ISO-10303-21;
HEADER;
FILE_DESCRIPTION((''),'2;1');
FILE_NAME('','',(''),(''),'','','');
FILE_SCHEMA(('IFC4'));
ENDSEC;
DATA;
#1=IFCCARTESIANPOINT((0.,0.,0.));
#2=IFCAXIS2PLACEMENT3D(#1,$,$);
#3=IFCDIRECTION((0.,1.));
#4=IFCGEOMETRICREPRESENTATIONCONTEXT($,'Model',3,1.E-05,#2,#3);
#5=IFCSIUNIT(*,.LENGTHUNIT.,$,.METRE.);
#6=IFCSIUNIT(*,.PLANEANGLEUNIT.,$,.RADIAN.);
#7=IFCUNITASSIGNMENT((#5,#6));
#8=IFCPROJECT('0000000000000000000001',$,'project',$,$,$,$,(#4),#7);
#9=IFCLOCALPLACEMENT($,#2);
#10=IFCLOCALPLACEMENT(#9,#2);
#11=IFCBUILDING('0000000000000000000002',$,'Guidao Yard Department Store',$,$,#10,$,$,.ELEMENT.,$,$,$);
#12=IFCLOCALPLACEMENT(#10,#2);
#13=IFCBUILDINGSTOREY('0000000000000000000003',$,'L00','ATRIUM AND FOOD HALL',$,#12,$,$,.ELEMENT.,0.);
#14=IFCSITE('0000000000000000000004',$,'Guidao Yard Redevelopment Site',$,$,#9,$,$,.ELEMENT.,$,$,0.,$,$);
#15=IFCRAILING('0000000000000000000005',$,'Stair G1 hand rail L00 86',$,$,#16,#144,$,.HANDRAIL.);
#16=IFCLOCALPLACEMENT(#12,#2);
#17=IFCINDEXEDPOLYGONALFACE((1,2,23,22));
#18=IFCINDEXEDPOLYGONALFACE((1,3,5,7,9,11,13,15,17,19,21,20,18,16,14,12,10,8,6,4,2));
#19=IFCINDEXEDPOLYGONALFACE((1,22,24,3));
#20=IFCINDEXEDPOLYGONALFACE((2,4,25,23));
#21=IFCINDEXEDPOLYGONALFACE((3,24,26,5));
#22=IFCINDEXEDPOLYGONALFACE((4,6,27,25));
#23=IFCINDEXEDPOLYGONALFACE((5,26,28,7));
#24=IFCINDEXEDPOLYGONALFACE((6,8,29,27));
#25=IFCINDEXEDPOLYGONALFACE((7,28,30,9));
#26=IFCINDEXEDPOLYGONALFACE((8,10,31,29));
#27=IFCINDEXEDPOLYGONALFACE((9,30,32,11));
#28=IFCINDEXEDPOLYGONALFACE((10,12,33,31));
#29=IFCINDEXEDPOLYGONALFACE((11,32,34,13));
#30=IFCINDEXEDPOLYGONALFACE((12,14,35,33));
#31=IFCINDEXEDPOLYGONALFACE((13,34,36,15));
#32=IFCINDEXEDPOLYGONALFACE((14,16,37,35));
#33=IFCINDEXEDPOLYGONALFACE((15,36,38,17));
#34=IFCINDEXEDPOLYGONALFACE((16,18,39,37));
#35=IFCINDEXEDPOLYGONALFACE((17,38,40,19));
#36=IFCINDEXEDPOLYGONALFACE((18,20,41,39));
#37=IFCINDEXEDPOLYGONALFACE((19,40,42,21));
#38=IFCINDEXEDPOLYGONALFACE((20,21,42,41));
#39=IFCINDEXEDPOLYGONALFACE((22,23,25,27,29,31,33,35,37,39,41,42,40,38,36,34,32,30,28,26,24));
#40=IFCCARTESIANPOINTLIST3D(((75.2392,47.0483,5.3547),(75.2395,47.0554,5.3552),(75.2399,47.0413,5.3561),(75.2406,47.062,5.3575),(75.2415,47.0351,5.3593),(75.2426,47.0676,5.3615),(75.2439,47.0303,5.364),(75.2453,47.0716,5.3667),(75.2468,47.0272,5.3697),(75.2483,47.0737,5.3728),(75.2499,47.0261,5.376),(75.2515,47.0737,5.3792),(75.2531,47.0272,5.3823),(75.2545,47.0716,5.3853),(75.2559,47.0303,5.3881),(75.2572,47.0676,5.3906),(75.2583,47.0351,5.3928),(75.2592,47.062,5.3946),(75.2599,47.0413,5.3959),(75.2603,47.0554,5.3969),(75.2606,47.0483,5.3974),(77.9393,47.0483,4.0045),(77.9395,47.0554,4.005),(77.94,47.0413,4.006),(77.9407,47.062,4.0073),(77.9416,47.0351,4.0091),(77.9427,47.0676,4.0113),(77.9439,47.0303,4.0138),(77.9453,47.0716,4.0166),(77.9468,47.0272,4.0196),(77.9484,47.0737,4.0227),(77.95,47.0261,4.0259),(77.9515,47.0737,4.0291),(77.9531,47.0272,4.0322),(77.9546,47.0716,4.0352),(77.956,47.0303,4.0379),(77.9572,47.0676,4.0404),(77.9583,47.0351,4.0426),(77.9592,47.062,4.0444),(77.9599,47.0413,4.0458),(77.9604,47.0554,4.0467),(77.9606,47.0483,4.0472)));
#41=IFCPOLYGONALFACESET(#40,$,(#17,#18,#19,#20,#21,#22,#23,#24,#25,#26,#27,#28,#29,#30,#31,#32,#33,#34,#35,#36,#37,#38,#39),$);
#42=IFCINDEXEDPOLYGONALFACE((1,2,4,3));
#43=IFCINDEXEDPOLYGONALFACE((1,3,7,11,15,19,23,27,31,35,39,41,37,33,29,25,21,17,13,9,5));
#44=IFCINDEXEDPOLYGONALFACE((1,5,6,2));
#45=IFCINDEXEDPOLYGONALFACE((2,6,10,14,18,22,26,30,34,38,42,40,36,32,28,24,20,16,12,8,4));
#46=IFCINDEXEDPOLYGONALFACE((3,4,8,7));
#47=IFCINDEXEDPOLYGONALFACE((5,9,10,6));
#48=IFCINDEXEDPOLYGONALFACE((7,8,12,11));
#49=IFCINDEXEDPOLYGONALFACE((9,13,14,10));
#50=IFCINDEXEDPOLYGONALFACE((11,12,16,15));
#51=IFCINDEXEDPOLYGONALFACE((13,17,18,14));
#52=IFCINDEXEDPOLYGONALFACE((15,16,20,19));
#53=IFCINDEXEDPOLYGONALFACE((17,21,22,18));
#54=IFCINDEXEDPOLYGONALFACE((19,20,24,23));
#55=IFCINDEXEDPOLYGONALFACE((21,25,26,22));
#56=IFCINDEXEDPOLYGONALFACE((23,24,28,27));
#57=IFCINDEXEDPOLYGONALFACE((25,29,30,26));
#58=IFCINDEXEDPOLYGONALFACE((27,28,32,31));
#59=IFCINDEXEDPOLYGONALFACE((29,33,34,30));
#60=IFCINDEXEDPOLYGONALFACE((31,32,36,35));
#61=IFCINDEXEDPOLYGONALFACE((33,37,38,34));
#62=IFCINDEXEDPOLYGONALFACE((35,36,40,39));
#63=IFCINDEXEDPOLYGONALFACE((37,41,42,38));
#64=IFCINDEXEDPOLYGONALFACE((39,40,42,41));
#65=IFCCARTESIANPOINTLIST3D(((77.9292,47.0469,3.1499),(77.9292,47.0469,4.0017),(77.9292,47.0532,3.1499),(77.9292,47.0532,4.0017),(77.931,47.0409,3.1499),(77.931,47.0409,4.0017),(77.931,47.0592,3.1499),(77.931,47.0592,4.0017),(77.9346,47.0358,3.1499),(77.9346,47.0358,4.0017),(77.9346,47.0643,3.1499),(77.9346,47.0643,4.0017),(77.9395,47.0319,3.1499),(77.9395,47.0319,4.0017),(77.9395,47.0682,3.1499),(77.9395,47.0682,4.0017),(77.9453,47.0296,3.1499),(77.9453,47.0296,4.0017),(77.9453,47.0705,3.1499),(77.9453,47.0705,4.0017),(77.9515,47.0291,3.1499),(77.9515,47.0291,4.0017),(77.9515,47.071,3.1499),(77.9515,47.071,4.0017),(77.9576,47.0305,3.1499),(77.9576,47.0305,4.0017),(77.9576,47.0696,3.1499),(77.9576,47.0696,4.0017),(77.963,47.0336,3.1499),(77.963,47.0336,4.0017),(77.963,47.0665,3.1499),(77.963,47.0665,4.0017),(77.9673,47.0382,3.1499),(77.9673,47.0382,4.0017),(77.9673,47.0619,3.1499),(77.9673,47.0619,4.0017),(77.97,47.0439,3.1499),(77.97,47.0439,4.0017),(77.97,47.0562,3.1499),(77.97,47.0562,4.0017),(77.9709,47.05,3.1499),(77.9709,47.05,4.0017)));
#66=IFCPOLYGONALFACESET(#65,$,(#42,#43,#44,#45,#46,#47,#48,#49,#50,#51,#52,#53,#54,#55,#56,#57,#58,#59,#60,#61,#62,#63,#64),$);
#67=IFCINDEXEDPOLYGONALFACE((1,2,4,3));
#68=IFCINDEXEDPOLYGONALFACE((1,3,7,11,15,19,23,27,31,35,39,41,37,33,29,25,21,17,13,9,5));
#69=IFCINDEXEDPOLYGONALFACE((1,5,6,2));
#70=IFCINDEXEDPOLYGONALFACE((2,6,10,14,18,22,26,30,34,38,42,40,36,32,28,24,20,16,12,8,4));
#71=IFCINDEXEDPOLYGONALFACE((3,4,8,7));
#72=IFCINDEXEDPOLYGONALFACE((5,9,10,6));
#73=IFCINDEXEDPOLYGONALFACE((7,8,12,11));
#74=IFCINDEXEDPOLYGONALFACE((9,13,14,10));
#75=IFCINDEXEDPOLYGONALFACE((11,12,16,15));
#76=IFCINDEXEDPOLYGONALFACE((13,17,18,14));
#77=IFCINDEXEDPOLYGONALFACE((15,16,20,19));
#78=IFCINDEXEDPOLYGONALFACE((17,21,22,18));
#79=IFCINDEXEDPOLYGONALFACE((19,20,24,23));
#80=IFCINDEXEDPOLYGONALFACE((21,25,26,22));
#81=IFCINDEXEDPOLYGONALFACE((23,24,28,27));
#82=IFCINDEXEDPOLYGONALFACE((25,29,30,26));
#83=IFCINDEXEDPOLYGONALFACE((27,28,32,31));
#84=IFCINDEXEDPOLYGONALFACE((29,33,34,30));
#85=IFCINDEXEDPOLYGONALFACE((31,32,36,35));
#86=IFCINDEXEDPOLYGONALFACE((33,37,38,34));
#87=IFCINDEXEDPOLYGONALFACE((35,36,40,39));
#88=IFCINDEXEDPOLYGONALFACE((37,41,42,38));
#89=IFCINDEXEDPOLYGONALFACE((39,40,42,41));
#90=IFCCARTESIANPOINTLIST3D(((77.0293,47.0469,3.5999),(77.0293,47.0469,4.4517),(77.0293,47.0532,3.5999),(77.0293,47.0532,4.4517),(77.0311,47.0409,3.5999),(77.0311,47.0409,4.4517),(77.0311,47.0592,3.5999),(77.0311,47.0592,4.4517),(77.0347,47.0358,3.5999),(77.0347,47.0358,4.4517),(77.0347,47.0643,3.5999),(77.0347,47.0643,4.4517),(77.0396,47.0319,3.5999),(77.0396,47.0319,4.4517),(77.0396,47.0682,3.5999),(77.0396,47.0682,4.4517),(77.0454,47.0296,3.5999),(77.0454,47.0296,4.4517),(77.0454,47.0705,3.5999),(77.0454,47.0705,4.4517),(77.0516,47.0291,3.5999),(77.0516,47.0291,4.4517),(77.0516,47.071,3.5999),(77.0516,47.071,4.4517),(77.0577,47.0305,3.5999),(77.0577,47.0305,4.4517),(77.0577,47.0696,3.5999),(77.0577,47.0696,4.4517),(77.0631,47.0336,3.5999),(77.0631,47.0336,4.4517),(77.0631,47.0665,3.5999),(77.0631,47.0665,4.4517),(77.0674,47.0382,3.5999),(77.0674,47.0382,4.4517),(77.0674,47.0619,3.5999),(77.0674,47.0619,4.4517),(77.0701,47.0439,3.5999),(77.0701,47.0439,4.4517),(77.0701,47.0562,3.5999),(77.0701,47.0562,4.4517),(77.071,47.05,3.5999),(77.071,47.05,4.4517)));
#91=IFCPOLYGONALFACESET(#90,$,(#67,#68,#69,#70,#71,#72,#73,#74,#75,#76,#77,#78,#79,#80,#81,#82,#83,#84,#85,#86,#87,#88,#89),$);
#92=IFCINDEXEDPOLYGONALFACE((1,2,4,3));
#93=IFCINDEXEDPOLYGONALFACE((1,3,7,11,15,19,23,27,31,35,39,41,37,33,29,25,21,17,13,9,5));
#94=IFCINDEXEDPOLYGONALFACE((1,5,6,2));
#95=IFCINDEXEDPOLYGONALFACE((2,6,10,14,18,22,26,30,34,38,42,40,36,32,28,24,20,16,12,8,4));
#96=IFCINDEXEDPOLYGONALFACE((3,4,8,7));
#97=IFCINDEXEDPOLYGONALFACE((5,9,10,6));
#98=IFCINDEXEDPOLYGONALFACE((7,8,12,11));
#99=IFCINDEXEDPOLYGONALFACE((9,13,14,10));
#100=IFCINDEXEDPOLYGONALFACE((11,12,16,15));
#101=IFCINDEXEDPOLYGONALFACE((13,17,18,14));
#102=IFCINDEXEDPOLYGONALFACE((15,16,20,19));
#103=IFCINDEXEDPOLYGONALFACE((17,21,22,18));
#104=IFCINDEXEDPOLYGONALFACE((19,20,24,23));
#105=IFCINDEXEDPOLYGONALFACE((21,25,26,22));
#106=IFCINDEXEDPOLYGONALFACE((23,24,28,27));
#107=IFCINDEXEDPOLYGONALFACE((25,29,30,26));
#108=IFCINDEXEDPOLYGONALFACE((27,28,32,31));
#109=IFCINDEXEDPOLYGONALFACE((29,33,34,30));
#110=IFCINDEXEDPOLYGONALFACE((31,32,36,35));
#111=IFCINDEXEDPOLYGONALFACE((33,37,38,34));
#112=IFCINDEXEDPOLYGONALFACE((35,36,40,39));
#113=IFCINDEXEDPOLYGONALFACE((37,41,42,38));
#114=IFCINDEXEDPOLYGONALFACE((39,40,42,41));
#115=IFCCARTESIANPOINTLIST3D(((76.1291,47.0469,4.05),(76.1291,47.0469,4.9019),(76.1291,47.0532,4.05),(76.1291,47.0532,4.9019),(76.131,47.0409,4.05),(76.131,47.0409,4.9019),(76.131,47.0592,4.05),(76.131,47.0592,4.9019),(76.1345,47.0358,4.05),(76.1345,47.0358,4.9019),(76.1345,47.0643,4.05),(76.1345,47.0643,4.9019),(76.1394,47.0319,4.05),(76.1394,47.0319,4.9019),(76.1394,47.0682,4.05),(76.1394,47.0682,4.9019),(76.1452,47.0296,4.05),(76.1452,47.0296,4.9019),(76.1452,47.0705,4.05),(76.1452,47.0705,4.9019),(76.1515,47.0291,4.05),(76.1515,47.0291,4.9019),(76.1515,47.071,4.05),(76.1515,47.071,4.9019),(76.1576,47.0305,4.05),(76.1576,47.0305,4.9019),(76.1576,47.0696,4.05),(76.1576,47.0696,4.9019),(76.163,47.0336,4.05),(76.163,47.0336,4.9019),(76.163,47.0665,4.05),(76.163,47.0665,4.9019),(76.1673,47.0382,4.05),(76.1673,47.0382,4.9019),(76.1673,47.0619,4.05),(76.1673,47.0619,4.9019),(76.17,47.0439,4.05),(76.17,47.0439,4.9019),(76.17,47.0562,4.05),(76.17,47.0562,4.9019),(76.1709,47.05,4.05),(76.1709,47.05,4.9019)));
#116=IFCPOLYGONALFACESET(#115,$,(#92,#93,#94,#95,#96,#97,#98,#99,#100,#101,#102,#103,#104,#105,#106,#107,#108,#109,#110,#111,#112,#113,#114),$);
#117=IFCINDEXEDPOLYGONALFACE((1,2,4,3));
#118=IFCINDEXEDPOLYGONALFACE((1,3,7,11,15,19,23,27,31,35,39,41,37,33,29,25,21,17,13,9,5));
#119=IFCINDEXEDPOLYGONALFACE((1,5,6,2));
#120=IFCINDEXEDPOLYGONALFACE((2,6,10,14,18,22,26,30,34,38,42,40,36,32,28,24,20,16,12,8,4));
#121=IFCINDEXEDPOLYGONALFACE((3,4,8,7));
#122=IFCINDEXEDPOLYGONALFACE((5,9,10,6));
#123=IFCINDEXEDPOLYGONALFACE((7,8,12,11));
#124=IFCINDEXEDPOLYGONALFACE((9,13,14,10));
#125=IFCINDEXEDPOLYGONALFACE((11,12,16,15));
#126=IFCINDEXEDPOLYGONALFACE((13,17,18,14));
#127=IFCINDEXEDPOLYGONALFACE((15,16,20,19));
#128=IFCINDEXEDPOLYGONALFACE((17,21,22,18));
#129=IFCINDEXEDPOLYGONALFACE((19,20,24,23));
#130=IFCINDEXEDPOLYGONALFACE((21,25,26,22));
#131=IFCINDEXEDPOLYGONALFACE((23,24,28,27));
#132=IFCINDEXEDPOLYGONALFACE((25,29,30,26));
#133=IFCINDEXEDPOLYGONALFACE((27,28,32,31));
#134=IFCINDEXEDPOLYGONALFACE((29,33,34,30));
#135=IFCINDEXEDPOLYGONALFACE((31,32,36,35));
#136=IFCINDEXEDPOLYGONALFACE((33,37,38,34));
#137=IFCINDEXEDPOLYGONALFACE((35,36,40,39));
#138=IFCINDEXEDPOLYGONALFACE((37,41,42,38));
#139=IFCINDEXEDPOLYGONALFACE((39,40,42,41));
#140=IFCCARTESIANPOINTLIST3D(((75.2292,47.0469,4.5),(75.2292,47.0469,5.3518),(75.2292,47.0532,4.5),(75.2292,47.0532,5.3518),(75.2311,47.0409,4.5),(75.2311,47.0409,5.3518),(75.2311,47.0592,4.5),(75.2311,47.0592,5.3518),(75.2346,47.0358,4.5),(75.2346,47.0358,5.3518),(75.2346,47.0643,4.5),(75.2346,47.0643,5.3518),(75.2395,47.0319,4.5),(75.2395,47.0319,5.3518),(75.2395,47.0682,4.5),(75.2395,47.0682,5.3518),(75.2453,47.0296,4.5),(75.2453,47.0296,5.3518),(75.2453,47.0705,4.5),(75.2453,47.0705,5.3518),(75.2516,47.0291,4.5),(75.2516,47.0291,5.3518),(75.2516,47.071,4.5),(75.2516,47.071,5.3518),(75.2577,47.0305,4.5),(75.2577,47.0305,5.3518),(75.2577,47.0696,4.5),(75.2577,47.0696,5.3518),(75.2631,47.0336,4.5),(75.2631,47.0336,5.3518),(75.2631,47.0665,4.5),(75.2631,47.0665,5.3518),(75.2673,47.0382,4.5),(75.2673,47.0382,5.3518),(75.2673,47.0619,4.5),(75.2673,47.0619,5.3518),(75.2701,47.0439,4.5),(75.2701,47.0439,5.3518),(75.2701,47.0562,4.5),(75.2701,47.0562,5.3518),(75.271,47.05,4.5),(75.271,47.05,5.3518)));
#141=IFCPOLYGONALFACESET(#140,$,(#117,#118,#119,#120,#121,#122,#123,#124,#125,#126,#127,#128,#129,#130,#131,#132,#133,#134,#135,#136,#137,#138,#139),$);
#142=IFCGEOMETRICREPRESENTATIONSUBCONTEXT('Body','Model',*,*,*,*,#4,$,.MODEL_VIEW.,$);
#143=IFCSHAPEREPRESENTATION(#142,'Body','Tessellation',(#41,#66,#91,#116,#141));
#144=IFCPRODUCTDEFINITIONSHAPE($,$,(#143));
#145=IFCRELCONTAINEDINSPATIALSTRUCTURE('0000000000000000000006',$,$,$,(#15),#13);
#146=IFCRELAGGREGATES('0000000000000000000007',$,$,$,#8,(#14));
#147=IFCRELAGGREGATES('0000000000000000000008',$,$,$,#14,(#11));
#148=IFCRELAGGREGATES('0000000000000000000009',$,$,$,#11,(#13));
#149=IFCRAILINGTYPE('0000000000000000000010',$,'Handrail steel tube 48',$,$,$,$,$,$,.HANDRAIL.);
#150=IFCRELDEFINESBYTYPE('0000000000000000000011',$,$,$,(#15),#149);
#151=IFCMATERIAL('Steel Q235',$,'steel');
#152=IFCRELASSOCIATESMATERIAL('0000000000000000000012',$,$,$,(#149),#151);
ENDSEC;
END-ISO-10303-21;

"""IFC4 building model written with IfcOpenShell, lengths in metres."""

from ifc_helpers import new_model, si_unit, direction, frame, origin, origin_2d, place, context, subcontext, project, spatial, circle, extrude, material, type_object, element, save


model = new_model("IFC4")

# Units and contexts
model_context = context("Model", 3, precision=1e-05, world=origin(), true_north=direction((0.0, 1.0)))
body_context = subcontext(model_context, "Body", "Model", "MODEL_VIEW")
ifc_project = project(units=[si_unit("LENGTHUNIT", "METRE"), si_unit("PLANEANGLEUNIT", "RADIAN")], contexts=[model_context])

# Site, building, storey
site_placement = place(None, origin())
site = spatial("IfcSite", under=ifc_project, at=site_placement, Name="Guidao Yard Redevelopment Site", CompositionType="ELEMENT", RefElevation=0.0)
building_placement = place(site_placement, origin())
building = spatial("IfcBuilding", under=site, at=building_placement, Name="Guidao Yard Department Store", CompositionType="ELEMENT")
storey_placement = place(building_placement, origin())
storey = spatial("IfcBuildingStorey", under=building, at=storey_placement, Name="L00", Description="ATRIUM AND FOOD HALL", CompositionType="ELEMENT", Elevation=0.0)

# Railing
ifc_material_1 = material(Name="Steel Q235", Category="steel")
railing_type = type_object("IfcRailingType", Name="Handrail steel tube 48", PredefinedType="HANDRAIL", material=ifc_material_1)
for number, where, name in (
    (1, (77.95, 47.05, 3.1499), "Stair G1 hand rail L00 86"),
):
    element("IfcRailing", number, at=place(storey_placement, frame(where)), inside=storey, type_object=railing_type, Name=name, PredefinedType="HANDRAIL", context=body_context, shape_type="SweptSolid", body=[
        extrude(circle(Radius=0.0239, at=origin_2d()), frame((0.0, 0.0, 0.876), z_axis=(-0.894411, 0.0, 0.447246), x_axis=(0.0, -1.0, 0.0)), (0.0, 0.0, 1.0), 3.0188),
        extrude(circle(Radius=0.021, at=origin_2d()), origin(), (0.0, 0.0, 1.0), 0.8518),
        extrude(circle(Radius=0.021, at=origin_2d()), frame((-0.8999, 0.0, 0.45)), (0.0, 0.0, 1.0), 0.8518),
        extrude(circle(Radius=0.021, at=origin_2d()), frame((-1.8, 0.0, 0.9001)), (0.0, 0.0, 1.0), 0.8518),
        extrude(circle(Radius=0.021, at=origin_2d()), frame((-2.7, 0.0, 1.3501)), (0.0, 0.0, 1.0), 0.8518),
    ])

save(model, "model.ifc")
